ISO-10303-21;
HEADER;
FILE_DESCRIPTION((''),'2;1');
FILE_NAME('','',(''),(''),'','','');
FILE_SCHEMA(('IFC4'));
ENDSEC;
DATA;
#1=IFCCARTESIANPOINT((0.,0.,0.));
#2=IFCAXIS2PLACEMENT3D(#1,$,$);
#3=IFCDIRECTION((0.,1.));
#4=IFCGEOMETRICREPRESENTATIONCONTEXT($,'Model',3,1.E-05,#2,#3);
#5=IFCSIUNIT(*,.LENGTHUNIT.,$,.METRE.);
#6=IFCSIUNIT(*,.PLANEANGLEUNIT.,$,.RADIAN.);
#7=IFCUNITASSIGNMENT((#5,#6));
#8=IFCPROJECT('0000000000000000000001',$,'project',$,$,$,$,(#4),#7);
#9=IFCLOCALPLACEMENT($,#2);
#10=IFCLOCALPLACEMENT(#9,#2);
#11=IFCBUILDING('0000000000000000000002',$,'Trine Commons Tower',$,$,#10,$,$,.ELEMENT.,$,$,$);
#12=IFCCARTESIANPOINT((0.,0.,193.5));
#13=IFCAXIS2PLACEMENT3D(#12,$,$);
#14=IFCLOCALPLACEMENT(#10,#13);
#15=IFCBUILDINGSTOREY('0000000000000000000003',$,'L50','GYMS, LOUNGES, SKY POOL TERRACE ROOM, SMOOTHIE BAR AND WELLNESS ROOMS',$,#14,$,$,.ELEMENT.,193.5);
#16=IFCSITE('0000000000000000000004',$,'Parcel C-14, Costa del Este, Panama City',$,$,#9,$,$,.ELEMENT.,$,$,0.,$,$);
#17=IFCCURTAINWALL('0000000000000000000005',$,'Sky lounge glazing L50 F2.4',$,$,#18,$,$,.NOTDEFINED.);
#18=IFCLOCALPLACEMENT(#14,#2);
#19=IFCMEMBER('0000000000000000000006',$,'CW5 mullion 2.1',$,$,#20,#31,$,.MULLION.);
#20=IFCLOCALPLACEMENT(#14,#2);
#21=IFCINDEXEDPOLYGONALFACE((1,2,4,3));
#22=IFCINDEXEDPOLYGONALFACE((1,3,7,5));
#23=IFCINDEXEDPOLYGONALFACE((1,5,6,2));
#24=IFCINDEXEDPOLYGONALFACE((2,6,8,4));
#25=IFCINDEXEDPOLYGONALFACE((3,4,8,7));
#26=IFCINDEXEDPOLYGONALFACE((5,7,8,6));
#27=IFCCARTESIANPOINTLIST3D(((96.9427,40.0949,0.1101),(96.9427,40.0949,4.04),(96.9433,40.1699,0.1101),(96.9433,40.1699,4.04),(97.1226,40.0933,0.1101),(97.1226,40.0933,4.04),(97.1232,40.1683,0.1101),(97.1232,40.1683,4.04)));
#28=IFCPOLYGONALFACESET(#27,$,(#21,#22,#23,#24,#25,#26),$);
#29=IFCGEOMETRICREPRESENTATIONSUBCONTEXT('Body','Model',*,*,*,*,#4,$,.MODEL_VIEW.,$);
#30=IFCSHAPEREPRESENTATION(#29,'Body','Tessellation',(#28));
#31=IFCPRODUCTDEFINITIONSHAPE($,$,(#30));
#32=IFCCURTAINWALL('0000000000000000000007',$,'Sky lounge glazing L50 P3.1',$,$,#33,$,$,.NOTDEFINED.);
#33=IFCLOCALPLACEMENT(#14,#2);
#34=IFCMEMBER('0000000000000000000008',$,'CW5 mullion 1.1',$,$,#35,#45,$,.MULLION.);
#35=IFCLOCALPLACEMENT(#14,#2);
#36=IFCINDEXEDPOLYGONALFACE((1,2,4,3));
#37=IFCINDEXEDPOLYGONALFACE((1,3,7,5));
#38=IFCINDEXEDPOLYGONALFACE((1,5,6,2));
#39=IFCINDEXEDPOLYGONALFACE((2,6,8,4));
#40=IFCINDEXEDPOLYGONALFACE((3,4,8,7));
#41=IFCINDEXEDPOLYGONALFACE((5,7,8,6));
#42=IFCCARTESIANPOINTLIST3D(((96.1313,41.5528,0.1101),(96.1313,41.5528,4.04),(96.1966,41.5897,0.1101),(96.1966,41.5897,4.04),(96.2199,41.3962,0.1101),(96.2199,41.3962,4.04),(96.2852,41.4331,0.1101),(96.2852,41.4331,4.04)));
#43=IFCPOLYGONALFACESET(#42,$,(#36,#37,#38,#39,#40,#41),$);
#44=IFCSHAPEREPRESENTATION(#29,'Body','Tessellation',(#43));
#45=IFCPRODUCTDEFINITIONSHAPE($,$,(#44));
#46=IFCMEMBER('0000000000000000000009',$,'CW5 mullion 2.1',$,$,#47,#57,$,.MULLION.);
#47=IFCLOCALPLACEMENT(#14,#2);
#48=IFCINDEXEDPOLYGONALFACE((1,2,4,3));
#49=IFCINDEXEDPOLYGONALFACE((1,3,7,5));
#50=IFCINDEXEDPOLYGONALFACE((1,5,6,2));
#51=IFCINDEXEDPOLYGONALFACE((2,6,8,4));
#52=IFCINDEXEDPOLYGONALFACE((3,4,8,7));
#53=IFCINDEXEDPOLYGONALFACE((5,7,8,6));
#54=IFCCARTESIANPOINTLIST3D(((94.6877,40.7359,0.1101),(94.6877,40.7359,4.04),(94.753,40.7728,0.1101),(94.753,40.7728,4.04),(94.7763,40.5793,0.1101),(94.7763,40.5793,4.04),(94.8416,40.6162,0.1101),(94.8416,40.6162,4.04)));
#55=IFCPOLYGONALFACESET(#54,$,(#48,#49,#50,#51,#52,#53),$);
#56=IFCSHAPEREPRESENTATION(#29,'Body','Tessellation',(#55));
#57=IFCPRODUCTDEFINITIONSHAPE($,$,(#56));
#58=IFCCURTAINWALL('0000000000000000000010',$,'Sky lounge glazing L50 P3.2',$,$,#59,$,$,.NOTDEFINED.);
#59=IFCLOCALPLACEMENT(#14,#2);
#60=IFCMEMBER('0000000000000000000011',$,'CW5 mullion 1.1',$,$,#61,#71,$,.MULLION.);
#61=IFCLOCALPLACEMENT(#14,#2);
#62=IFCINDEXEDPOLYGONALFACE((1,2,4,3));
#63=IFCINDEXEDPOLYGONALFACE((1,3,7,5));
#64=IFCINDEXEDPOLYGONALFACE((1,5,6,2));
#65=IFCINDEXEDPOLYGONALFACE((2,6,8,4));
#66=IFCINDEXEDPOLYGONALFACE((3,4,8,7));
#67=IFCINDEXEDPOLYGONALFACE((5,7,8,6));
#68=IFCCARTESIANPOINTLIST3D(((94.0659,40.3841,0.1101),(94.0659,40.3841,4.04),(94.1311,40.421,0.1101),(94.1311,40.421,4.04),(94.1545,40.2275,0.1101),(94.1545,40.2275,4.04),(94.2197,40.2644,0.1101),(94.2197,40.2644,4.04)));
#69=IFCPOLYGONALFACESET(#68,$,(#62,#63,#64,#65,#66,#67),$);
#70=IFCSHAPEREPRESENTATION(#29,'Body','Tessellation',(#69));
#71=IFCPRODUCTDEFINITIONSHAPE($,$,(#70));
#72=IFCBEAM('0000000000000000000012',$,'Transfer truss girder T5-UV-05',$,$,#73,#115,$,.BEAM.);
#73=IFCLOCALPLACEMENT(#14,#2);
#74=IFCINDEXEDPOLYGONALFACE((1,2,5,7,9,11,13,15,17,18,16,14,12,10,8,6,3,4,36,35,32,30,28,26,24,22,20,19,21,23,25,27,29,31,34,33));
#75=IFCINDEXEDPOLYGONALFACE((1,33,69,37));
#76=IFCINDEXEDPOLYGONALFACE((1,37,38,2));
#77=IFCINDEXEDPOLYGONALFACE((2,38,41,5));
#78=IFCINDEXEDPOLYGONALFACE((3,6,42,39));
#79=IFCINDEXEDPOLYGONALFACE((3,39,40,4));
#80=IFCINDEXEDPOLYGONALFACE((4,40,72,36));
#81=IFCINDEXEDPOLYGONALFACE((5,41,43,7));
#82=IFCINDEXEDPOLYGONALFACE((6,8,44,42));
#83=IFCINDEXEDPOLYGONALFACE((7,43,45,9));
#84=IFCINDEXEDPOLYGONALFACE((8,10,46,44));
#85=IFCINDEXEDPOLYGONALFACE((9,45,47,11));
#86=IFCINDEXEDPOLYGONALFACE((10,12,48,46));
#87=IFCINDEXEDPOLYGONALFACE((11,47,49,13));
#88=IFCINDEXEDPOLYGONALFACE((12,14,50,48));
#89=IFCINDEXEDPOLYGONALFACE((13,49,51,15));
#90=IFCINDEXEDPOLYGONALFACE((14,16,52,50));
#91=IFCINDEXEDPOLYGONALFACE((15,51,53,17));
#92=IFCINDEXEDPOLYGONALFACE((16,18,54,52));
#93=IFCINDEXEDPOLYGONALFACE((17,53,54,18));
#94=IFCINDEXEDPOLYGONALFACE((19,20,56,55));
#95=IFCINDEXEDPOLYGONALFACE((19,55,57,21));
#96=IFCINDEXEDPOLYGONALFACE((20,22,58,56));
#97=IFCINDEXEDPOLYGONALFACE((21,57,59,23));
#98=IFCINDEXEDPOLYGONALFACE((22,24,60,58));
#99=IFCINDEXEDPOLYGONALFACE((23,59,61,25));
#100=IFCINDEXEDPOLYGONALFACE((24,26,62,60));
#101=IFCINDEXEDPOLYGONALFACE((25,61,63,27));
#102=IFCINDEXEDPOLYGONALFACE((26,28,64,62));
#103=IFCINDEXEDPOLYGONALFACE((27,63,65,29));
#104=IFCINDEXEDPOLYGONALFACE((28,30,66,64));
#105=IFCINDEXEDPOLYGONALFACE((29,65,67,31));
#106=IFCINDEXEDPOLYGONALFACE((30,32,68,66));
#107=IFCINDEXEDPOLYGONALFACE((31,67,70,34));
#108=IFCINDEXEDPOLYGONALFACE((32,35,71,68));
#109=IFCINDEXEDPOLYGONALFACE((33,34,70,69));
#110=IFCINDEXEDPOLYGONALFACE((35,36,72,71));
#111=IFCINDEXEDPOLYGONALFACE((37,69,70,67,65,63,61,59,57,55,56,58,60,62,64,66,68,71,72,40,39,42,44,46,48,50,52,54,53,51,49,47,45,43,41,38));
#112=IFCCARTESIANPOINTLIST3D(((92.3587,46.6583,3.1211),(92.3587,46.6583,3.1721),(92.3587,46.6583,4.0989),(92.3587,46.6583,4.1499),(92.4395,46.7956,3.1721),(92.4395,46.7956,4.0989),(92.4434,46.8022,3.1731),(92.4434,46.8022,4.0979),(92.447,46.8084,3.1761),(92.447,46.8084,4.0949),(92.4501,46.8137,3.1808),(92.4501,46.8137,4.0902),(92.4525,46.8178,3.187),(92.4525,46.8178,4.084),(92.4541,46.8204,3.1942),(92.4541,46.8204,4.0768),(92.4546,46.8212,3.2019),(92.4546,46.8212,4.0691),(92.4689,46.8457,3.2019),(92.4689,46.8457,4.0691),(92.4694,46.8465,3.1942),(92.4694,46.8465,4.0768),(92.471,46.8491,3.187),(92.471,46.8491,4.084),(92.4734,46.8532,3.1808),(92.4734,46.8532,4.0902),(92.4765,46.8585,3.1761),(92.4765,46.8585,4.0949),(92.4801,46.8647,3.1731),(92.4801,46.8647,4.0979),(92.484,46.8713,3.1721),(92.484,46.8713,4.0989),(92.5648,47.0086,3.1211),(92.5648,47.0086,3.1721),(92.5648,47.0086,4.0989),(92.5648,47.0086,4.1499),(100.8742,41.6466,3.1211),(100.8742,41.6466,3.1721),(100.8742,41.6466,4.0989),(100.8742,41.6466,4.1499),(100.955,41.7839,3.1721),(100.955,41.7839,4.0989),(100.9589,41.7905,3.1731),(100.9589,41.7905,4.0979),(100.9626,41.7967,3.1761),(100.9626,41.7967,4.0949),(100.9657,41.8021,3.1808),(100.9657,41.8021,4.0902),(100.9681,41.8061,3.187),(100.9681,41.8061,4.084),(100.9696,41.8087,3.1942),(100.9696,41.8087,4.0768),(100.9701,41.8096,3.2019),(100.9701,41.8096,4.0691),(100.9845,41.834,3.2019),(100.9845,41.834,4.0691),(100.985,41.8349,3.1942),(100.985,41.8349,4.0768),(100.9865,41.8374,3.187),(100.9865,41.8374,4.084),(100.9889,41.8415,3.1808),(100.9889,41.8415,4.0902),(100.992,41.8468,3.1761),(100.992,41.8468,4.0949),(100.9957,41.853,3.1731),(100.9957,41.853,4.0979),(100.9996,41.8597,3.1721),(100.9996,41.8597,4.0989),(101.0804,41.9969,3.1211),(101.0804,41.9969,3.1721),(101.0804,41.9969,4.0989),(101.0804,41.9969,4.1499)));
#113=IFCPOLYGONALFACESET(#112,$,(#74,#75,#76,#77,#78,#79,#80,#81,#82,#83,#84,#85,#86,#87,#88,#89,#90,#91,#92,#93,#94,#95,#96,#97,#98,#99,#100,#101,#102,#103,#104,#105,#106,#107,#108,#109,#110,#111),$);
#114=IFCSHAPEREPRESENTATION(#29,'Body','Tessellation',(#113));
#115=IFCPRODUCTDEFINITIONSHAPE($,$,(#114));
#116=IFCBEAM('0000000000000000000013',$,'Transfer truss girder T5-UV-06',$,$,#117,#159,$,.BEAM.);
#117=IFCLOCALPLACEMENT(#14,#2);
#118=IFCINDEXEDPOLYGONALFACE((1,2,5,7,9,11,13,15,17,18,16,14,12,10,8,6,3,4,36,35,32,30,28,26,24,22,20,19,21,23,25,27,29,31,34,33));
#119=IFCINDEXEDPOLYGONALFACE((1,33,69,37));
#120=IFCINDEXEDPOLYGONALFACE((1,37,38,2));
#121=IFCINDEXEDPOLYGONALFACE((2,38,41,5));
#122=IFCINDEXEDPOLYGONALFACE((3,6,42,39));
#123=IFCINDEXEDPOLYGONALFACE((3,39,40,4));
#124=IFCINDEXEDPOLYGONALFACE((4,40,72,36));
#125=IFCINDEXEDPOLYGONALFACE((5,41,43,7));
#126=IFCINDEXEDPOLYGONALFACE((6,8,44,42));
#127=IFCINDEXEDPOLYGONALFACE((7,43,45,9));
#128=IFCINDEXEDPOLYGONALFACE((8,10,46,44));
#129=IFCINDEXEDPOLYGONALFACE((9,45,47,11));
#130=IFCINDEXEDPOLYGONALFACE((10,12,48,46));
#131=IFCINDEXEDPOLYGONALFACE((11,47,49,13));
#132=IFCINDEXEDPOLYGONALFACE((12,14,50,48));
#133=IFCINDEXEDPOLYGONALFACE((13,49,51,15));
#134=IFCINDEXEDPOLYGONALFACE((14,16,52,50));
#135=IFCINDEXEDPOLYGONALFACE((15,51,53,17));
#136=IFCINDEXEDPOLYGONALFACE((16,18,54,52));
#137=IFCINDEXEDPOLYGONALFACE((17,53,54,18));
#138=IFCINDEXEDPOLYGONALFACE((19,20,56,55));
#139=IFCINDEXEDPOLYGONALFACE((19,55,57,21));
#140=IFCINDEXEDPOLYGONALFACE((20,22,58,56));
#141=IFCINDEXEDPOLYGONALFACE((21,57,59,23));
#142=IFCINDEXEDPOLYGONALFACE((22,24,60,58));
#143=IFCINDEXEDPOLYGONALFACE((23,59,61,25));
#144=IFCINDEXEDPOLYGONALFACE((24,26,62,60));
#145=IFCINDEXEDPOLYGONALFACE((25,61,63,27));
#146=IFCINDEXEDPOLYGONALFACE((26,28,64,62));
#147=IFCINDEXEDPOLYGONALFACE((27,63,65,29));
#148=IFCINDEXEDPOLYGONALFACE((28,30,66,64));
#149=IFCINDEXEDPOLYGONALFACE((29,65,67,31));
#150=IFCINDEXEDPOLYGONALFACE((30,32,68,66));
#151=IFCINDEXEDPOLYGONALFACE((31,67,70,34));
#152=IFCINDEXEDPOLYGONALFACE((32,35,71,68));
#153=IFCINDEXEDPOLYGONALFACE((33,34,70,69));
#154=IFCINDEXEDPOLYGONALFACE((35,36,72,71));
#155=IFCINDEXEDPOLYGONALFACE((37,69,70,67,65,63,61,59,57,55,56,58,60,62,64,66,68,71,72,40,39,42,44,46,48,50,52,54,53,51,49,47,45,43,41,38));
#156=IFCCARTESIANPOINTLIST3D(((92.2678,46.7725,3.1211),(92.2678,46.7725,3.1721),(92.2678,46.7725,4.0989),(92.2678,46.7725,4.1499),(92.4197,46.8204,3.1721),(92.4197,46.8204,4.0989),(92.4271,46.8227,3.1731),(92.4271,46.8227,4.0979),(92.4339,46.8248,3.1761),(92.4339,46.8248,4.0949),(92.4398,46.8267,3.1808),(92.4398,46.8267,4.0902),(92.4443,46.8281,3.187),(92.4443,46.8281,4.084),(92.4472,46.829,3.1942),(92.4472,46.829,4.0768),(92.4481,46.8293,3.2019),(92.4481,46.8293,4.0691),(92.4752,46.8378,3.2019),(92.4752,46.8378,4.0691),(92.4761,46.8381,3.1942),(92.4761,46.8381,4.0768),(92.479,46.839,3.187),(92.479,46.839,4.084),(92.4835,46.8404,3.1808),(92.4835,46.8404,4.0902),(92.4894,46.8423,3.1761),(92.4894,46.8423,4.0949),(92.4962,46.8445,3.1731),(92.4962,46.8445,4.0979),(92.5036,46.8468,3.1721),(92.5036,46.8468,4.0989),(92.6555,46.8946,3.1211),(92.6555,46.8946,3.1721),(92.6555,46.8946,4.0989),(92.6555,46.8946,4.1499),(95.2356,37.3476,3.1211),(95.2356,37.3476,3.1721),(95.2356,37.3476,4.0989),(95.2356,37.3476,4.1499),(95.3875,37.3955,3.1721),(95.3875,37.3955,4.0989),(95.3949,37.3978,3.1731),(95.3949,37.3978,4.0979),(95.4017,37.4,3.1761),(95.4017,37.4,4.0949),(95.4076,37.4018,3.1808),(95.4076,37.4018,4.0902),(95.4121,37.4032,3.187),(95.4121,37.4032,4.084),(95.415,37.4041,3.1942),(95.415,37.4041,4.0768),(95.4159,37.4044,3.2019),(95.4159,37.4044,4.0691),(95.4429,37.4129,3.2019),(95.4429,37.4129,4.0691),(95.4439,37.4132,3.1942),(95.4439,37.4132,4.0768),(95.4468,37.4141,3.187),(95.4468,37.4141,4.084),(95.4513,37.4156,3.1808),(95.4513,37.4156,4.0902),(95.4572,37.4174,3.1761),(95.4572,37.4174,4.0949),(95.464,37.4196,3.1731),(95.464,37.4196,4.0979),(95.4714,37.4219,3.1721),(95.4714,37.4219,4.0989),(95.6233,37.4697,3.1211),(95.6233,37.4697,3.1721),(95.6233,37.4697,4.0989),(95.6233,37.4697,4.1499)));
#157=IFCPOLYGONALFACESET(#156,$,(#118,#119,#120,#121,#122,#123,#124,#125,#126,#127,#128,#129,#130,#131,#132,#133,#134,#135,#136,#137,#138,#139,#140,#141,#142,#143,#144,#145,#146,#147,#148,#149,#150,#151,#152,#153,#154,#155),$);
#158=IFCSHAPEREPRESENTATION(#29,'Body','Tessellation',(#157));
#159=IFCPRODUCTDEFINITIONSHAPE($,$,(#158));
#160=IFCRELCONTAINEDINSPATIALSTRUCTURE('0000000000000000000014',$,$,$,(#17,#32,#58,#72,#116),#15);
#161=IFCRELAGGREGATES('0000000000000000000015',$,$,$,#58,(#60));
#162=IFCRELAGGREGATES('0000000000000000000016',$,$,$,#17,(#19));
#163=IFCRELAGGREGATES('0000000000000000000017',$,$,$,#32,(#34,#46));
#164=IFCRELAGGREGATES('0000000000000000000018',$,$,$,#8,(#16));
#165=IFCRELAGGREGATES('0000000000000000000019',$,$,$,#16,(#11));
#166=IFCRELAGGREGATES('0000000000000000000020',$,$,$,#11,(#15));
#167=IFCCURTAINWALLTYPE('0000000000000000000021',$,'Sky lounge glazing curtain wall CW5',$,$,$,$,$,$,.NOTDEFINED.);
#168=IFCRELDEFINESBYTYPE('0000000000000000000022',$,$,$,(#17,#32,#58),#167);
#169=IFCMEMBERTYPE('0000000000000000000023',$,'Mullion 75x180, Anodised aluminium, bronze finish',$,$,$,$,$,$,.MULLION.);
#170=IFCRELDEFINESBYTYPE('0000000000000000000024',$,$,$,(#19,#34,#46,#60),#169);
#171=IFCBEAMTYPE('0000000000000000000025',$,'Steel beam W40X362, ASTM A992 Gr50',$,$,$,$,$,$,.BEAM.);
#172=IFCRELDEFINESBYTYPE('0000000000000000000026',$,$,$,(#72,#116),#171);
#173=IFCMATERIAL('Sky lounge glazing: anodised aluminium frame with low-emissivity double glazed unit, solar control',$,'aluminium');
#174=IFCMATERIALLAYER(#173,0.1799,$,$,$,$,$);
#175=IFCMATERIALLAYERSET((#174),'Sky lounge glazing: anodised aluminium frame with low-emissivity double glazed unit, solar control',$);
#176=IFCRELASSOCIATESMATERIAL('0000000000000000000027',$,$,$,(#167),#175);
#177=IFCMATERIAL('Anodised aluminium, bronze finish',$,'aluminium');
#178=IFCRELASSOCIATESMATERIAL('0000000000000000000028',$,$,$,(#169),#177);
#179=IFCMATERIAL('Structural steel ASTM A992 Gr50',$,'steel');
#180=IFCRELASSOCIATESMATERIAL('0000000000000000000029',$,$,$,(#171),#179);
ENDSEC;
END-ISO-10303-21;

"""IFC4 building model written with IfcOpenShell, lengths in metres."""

from ifc_helpers import new_model, si_unit, direction, frame, origin, origin_2d, place, context, subcontext, project, spatial, rectangle, i_section, extrude, material, layer, layer_set, material_profile, profile_set, type_object, element, aggregate, save


model = new_model("IFC4")

# Units and contexts
model_context = context("Model", 3, precision=1e-05, world=origin(), true_north=direction((0.0, 1.0)))
body_context = subcontext(model_context, "Body", "Model", "MODEL_VIEW")
ifc_project = project(units=[si_unit("LENGTHUNIT", "METRE"), si_unit("PLANEANGLEUNIT", "RADIAN")], contexts=[model_context])

# Site, building, storey
site_placement = place(None, origin())
site = spatial("IfcSite", under=ifc_project, at=site_placement, Name="Parcel C-14, Costa del Este, Panama City", CompositionType="ELEMENT", RefElevation=0.0)
building_placement = place(site_placement, origin())
building = spatial("IfcBuilding", under=site, at=building_placement, Name="Trine Commons Tower", CompositionType="ELEMENT")
storey_placement = place(building_placement, frame((0.0, 0.0, 193.5)))
storey = spatial("IfcBuildingStorey", under=building, at=storey_placement, Name="L50", Description="GYMS, LOUNGES, SKY POOL TERRACE ROOM, SMOOTHIE BAR AND WELLNESS ROOMS", CompositionType="ELEMENT", Elevation=193.5)

# Curtain wall, member
ifc_material_1 = material(Name="Sky lounge glazing: anodised aluminium frame with low-emissivity double glazed unit, solar control", Category="aluminium")
ifc_layer_1 = layer(ifc_material_1, 0.1799)
ifc_layer_set_1 = layer_set([ifc_layer_1], Name="Sky lounge glazing: anodised aluminium frame with low-emissivity double glazed unit, solar control")
curtain_wall_type = type_object("IfcCurtainWallType", Name="Sky lounge glazing curtain wall CW5", PredefinedType="NOTDEFINED", material=ifc_layer_set_1)
curtain_wall_1_placement = place(storey_placement, origin())
curtain_wall_1 = element("IfcCurtainWall", 1, at=curtain_wall_1_placement, inside=storey, type_object=curtain_wall_type, Name="Sky lounge glazing L50 F2.4", PredefinedType="NOTDEFINED")
ifc_material_2 = material(Name="Anodised aluminium, bronze finish", Category="aluminium")
ifc_material_profile_1 = material_profile(ifc_material_2, rectangle(XDim=0.1799, YDim=0.075, at=origin_2d()), Name="Mullion 75x180")
ifc_profile_set_1 = profile_set([ifc_material_profile_1], Name="Anodised aluminium, bronze finish")
member_type_1 = type_object("IfcMemberType", Name="Mullion 75x180, Anodised aluminium, bronze finish", PredefinedType="MULLION", material=ifc_profile_set_1)
member_1_placement = place(storey_placement, frame((97.033, 40.1316, 0.1101), z_axis=(0.0, 0.0, 1.0), x_axis=(0.999962, -0.008727, 0.0)))
member_1 = element("IfcMember", 2, at=member_1_placement, type_object=member_type_1, Name="CW5 mullion 2.1", PredefinedType="MULLION", context=body_context, shape_type="SweptSolid", body=[
    extrude(rectangle(XDim=0.1799, YDim=0.075, at=origin_2d()), origin(), (0.0, 0.0, 1.0), 3.9299),
])

# Curtain wall, members
curtain_wall_2_placement = place(storey_placement, origin())
curtain_wall_2 = element("IfcCurtainWall", 3, at=curtain_wall_2_placement, inside=storey, type_object=curtain_wall_type, Name="Sky lounge glazing L50 P3.1", PredefinedType="NOTDEFINED")
member_2_placement = place(storey_placement, frame((96.2083, 41.4929, 0.1101), z_axis=(0.0, 0.0, 1.0), x_axis=(0.492424, -0.870356, 0.0)))
member_2 = element("IfcMember", 4, at=member_2_placement, type_object=member_type_1, Name="CW5 mullion 1.1", PredefinedType="MULLION", context=body_context, shape_type="SweptSolid", body=[
    extrude(rectangle(XDim=0.1799, YDim=0.075, at=origin_2d()), origin(), (0.0, 0.0, 1.0), 3.9299),
])
member_3_placement = place(storey_placement, frame((94.7646, 40.676, 0.1101), z_axis=(0.0, 0.0, 1.0), x_axis=(0.492424, -0.870356, 0.0)))
member_3 = element("IfcMember", 5, at=member_3_placement, type_object=member_type_1, Name="CW5 mullion 2.1", PredefinedType="MULLION", context=body_context, shape_type="SweptSolid", body=[
    extrude(rectangle(XDim=0.1799, YDim=0.075, at=origin_2d()), origin(), (0.0, 0.0, 1.0), 3.9299),
])

# Curtain wall, member
curtain_wall_3_placement = place(storey_placement, origin())
curtain_wall_3 = element("IfcCurtainWall", 6, at=curtain_wall_3_placement, inside=storey, type_object=curtain_wall_type, Name="Sky lounge glazing L50 P3.2", PredefinedType="NOTDEFINED")
member_4_placement = place(storey_placement, frame((94.1428, 40.3242, 0.1101), z_axis=(0.0, 0.0, 1.0), x_axis=(0.492424, -0.870356, 0.0)))
member_4 = element("IfcMember", 7, at=member_4_placement, type_object=member_type_1, Name="CW5 mullion 1.1", PredefinedType="MULLION", context=body_context, shape_type="SweptSolid", body=[
    extrude(rectangle(XDim=0.1799, YDim=0.075, at=origin_2d()), origin(), (0.0, 0.0, 1.0), 3.9299),
])

# Beams
ifc_material_3 = material(Name="Structural steel ASTM A992 Gr50", Category="steel")
ifc_material_profile_2 = material_profile(ifc_material_3, i_section(OverallWidth=0.4065, OverallDepth=1.0288, WebThickness=0.0283, FlangeThickness=0.051, FilletRadius=0.0298, at=origin_2d()), Name="W40X362")
ifc_profile_set_2 = profile_set([ifc_material_profile_2], Name="Structural steel ASTM A992 Gr50")
beam_type = type_object("IfcBeamType", Name="Steel beam W40X362, ASTM A992 Gr50", PredefinedType="BEAM", material=ifc_profile_set_2)
beam_1_placement = place(storey_placement, frame((100.9773, 41.8218, 3.6355), z_axis=(-0.861822, 0.50721, 0.0), x_axis=(-0.50721, -0.861822, 0.0)))
element("IfcBeam", 8, at=beam_1_placement, inside=storey, type_object=beam_type, Name="Transfer truss girder T5-UV-05", PredefinedType="BEAM", context=body_context, shape_type="SweptSolid", body=[
    extrude(i_section(OverallWidth=0.4065, OverallDepth=1.0288, WebThickness=0.0283, FlangeThickness=0.051, FilletRadius=0.0298, at=origin_2d()), origin(), (0.0, 0.0, 1.0), 9.8809),
])
beam_2_placement = place(storey_placement, frame((95.4294, 37.4087, 3.6355), z_axis=(-0.300351, 0.953829, 0.0), x_axis=(-0.953829, -0.300351, 0.0)))
element("IfcBeam", 9, at=beam_2_placement, inside=storey, type_object=beam_type, Name="Transfer truss girder T5-UV-06", PredefinedType="BEAM", context=body_context, shape_type="SweptSolid", body=[
    extrude(i_section(OverallWidth=0.4065, OverallDepth=1.0288, WebThickness=0.0283, FlangeThickness=0.051, FilletRadius=0.0298, at=origin_2d()), origin(), (0.0, 0.0, 1.0), 9.8811),
])

aggregate(curtain_wall_3, [member_4])

aggregate(curtain_wall_1, [member_1])
aggregate(curtain_wall_2, [member_2, member_3])

save(model, "model.ifc")
